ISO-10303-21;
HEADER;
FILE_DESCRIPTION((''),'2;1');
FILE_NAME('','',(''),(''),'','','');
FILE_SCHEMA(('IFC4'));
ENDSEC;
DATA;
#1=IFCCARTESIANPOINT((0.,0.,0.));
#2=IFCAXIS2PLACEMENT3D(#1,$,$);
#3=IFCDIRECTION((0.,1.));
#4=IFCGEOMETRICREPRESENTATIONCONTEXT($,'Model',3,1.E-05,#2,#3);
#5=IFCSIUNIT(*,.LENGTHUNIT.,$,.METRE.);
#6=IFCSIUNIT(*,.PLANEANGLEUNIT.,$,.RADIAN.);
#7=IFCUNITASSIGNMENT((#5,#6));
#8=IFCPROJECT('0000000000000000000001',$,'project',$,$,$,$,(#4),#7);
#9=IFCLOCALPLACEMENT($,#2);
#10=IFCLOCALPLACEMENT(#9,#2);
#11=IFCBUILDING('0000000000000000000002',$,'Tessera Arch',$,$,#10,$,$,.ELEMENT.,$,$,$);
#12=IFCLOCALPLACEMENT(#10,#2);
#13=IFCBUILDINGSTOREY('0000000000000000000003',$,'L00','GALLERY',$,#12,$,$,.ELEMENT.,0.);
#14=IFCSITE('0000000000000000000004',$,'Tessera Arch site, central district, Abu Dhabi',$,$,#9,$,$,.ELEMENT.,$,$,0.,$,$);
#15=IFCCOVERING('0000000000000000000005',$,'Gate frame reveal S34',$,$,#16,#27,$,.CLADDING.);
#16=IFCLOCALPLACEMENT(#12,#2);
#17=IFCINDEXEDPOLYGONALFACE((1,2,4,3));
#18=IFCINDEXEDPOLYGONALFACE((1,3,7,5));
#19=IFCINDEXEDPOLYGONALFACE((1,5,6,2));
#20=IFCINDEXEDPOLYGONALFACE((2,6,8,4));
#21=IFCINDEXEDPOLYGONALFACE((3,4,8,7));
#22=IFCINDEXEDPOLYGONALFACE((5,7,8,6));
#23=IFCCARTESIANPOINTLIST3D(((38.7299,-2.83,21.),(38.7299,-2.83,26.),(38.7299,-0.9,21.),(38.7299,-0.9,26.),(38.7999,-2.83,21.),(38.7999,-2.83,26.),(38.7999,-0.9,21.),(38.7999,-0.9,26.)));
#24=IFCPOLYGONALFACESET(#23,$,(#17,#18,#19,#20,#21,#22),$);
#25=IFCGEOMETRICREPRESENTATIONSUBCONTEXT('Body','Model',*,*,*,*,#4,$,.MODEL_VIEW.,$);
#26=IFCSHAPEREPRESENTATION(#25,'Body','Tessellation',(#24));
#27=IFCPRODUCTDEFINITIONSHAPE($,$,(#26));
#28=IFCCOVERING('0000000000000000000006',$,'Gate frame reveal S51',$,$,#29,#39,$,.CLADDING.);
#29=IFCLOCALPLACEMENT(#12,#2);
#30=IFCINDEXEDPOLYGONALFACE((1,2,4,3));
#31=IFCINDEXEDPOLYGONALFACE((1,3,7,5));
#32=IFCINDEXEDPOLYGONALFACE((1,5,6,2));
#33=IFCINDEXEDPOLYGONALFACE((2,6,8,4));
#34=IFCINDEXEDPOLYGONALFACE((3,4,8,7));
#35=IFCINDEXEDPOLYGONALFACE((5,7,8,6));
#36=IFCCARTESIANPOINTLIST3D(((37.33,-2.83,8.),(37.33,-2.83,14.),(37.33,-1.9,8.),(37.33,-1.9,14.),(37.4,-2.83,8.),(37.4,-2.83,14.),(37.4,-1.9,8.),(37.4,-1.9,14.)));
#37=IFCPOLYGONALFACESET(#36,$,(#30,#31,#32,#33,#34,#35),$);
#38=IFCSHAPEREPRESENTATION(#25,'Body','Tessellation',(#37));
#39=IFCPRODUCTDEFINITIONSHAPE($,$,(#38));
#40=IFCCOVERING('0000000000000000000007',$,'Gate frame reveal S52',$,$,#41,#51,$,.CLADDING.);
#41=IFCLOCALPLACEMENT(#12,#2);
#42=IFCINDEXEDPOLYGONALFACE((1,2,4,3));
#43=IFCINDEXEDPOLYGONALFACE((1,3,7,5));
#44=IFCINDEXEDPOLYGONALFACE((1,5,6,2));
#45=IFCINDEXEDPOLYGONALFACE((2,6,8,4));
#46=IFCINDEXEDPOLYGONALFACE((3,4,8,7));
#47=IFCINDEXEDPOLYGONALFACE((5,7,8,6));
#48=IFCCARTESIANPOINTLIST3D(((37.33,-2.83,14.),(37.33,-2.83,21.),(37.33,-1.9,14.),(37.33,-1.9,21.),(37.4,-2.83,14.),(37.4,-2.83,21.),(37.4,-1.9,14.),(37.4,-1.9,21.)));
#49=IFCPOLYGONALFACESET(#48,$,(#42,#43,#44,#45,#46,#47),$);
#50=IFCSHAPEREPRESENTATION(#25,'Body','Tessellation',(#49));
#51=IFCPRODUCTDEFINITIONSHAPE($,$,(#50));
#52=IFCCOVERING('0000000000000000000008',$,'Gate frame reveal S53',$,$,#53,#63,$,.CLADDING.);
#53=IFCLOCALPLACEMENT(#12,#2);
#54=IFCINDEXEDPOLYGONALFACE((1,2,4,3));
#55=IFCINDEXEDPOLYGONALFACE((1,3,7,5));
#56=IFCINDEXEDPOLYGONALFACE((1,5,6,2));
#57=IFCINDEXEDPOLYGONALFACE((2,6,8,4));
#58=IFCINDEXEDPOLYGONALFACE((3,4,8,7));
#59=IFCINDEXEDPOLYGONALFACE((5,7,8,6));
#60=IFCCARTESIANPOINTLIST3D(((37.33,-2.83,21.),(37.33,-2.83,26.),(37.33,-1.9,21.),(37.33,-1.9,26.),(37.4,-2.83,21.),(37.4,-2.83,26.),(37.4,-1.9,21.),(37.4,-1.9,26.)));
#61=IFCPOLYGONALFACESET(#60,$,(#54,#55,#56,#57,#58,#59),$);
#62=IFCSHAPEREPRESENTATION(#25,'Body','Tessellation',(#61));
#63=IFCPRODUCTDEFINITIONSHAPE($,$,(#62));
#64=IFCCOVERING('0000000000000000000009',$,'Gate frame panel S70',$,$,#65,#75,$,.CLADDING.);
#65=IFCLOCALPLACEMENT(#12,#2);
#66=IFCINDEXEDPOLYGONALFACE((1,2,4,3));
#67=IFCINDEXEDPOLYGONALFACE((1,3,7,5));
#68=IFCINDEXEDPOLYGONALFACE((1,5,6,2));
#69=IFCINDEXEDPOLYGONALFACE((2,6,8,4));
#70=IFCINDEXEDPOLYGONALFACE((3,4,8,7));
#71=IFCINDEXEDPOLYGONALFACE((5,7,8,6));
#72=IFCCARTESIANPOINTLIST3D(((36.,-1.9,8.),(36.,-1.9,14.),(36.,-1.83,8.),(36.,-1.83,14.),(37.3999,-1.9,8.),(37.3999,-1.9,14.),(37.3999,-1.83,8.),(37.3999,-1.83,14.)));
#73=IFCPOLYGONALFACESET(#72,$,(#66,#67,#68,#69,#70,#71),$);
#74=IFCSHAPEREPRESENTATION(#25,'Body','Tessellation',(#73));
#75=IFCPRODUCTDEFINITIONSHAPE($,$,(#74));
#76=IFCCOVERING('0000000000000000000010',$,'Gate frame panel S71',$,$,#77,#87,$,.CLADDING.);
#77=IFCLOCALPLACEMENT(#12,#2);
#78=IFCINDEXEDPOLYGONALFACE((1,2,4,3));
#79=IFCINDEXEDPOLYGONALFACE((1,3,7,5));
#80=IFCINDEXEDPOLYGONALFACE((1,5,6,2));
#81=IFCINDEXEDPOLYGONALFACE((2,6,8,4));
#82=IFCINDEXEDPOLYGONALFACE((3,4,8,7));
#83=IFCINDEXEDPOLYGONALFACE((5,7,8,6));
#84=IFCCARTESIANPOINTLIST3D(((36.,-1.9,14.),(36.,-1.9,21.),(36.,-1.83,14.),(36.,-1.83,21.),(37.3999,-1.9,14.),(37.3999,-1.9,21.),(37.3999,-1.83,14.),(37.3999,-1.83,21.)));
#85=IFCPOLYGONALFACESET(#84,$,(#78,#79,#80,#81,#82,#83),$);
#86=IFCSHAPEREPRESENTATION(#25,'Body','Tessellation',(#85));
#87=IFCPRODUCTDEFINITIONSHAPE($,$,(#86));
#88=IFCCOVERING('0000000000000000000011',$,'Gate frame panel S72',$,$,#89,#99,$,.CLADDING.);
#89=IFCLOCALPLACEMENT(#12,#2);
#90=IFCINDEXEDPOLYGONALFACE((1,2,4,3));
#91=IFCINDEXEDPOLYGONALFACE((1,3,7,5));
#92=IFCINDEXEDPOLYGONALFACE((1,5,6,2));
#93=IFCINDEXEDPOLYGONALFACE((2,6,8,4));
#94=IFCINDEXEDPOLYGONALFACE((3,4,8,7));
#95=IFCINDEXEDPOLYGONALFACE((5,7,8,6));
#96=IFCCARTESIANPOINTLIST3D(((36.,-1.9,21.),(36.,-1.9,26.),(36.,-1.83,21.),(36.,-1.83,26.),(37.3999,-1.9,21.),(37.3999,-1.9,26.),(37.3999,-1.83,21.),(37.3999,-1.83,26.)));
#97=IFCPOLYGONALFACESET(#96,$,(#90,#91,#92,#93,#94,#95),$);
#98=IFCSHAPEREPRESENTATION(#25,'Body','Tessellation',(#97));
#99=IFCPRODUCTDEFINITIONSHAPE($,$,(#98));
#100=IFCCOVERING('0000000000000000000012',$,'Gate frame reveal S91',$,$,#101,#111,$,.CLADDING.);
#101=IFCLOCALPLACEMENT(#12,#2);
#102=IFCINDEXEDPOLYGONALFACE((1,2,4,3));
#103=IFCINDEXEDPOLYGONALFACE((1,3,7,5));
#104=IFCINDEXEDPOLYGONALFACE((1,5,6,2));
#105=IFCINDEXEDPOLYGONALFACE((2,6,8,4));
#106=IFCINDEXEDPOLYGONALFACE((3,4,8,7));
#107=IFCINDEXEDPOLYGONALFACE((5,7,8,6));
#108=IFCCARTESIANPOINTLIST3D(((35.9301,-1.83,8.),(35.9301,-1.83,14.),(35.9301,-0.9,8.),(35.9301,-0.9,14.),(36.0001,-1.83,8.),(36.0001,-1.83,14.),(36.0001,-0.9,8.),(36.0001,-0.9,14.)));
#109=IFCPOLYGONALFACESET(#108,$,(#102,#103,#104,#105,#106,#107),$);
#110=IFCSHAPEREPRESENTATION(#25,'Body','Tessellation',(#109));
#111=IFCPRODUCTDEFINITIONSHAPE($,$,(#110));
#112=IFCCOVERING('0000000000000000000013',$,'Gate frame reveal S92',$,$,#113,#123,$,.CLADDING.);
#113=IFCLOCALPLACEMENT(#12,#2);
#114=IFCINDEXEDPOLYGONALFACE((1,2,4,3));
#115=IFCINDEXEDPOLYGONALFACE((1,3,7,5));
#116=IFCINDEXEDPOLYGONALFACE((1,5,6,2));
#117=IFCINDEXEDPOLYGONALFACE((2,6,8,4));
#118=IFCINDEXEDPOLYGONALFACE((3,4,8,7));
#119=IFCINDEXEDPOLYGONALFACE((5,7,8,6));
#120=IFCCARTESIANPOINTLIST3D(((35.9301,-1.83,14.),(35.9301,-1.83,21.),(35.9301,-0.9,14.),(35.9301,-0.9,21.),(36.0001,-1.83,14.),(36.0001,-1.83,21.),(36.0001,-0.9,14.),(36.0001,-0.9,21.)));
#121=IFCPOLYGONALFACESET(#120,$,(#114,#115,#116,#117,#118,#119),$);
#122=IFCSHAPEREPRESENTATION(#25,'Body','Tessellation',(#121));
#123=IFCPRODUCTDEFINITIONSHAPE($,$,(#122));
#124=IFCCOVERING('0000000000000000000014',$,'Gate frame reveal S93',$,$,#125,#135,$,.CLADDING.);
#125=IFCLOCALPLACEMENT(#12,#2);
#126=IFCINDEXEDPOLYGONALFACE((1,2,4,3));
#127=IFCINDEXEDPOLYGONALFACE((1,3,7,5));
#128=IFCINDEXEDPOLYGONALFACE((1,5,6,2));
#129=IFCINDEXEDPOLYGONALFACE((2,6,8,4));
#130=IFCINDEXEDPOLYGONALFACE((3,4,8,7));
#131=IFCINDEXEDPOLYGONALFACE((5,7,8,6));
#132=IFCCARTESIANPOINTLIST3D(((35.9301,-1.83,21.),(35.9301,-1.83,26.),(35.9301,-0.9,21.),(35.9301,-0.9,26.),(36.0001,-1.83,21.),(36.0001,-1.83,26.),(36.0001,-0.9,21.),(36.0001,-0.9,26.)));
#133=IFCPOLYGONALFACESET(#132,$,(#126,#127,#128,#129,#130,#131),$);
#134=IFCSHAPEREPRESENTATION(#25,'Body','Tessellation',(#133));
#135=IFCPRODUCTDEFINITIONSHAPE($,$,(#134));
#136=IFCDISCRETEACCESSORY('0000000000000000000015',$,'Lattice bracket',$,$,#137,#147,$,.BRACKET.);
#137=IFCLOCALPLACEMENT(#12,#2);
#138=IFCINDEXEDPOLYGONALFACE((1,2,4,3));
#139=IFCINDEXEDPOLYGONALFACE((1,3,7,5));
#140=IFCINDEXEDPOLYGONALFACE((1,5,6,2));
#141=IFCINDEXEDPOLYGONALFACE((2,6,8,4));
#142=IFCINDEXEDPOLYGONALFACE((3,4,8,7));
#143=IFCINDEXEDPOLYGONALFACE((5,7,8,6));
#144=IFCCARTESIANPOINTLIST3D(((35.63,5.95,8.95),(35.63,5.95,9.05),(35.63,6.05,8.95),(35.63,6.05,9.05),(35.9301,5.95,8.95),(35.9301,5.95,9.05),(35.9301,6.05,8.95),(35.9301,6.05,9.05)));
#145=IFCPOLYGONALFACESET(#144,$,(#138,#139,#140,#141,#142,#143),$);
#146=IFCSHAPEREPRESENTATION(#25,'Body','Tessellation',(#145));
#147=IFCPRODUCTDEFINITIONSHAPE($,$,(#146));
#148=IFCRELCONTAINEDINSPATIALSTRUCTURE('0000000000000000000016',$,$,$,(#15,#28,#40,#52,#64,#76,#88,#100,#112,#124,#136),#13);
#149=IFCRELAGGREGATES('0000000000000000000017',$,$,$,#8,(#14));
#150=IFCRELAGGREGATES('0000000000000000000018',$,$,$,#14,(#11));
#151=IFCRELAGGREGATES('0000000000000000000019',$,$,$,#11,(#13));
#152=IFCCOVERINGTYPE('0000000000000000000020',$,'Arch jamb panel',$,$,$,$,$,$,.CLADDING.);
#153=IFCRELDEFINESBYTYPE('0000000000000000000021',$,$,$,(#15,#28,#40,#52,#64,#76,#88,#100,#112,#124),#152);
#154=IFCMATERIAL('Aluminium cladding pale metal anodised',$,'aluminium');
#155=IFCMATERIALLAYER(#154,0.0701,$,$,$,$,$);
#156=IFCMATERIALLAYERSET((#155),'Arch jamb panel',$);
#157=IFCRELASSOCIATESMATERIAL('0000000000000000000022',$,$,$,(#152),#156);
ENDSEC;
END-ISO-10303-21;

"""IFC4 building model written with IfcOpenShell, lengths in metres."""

from ifc_helpers import new_model, si_unit, direction, frame, origin, origin_2d, place, context, subcontext, project, spatial, rectangle, extrude, material, layer, layer_set, type_object, element, save


model = new_model("IFC4")

# Units and contexts
model_context = context("Model", 3, precision=1e-05, world=origin(), true_north=direction((0.0, 1.0)))
body_context = subcontext(model_context, "Body", "Model", "MODEL_VIEW")
ifc_project = project(units=[si_unit("LENGTHUNIT", "METRE"), si_unit("PLANEANGLEUNIT", "RADIAN")], contexts=[model_context])

# Site, building, storey
site_placement = place(None, origin())
site = spatial("IfcSite", under=ifc_project, at=site_placement, Name="Tessera Arch site, central district, Abu Dhabi", CompositionType="ELEMENT", RefElevation=0.0)
building_placement = place(site_placement, origin())
building = spatial("IfcBuilding", under=site, at=building_placement, Name="Tessera Arch", CompositionType="ELEMENT")
storey_placement = place(building_placement, origin())
storey = spatial("IfcBuildingStorey", under=building, at=storey_placement, Name="L00", Description="GALLERY", CompositionType="ELEMENT", Elevation=0.0)

# Coverings
ifc_material_1 = material(Name="Aluminium cladding pale metal anodised", Category="aluminium")
ifc_layer_1 = layer(ifc_material_1, 0.0701)
ifc_layer_set_1 = layer_set([ifc_layer_1], Name="Arch jamb panel")
covering_type = type_object("IfcCoveringType", Name="Arch jamb panel", PredefinedType="CLADDING", material=ifc_layer_set_1)
covering_1_placement = place(storey_placement, frame((38.7649, -1.865, 21.0), z_axis=(0.0, 0.0, 1.0), x_axis=(1.0, 0.0, 0.0)))
element("IfcCovering", 1, at=covering_1_placement, inside=storey, type_object=covering_type, Name="Gate frame reveal S34", PredefinedType="CLADDING", context=body_context, shape_type="SweptSolid", body=[
    extrude(rectangle(XDim=0.0701, YDim=1.9299, at=origin_2d()), origin(), (0.0, 0.0, 1.0), 5.0),
])
covering_2_placement = place(storey_placement, frame((37.365, -2.365, 8.0), z_axis=(0.0, 0.0, 1.0), x_axis=(1.0, 0.0, 0.0)))
element("IfcCovering", 2, at=covering_2_placement, inside=storey, type_object=covering_type, Name="Gate frame reveal S51", PredefinedType="CLADDING", context=body_context, shape_type="SweptSolid", body=[
    extrude(rectangle(XDim=0.0701, YDim=0.9299, at=origin_2d()), origin(), (0.0, 0.0, 1.0), 6.0),
])
covering_3_placement = place(storey_placement, frame((37.365, -2.365, 14.0), z_axis=(0.0, 0.0, 1.0), x_axis=(1.0, 0.0, 0.0)))
element("IfcCovering", 3, at=covering_3_placement, inside=storey, type_object=covering_type, Name="Gate frame reveal S52", PredefinedType="CLADDING", context=body_context, shape_type="SweptSolid", body=[
    extrude(rectangle(XDim=0.0701, YDim=0.9299, at=origin_2d()), origin(), (0.0, 0.0, 1.0), 7.0),
])
covering_4_placement = place(storey_placement, frame((37.365, -2.365, 21.0), z_axis=(0.0, 0.0, 1.0), x_axis=(1.0, 0.0, 0.0)))
element("IfcCovering", 4, at=covering_4_placement, inside=storey, type_object=covering_type, Name="Gate frame reveal S53", PredefinedType="CLADDING", context=body_context, shape_type="SweptSolid", body=[
    extrude(rectangle(XDim=0.0701, YDim=0.9299, at=origin_2d()), origin(), (0.0, 0.0, 1.0), 5.0),
])
covering_5_placement = place(storey_placement, frame((36.7, -1.865, 8.0), z_axis=(0.0, 0.0, 1.0), x_axis=(1.0, 0.0, 0.0)))
element("IfcCovering", 5, at=covering_5_placement, inside=storey, type_object=covering_type, Name="Gate frame panel S70", PredefinedType="CLADDING", context=body_context, shape_type="SweptSolid", body=[
    extrude(rectangle(XDim=1.3999, YDim=0.0701, at=origin_2d()), origin(), (0.0, 0.0, 1.0), 6.0),
])
covering_6_placement = place(storey_placement, frame((36.7, -1.865, 14.0), z_axis=(0.0, 0.0, 1.0), x_axis=(1.0, 0.0, 0.0)))
element("IfcCovering", 6, at=covering_6_placement, inside=storey, type_object=covering_type, Name="Gate frame panel S71", PredefinedType="CLADDING", context=body_context, shape_type="SweptSolid", body=[
    extrude(rectangle(XDim=1.3999, YDim=0.0701, at=origin_2d()), origin(), (0.0, 0.0, 1.0), 7.0),
])
covering_7_placement = place(storey_placement, frame((36.7, -1.865, 21.0), z_axis=(0.0, 0.0, 1.0), x_axis=(1.0, 0.0, 0.0)))
element("IfcCovering", 7, at=covering_7_placement, inside=storey, type_object=covering_type, Name="Gate frame panel S72", PredefinedType="CLADDING", context=body_context, shape_type="SweptSolid", body=[
    extrude(rectangle(XDim=1.3999, YDim=0.0701, at=origin_2d()), origin(), (0.0, 0.0, 1.0), 5.0),
])
covering_8_placement = place(storey_placement, frame((35.9651, -1.365, 8.0), z_axis=(0.0, 0.0, 1.0), x_axis=(1.0, 0.0, 0.0)))
element("IfcCovering", 8, at=covering_8_placement, inside=storey, type_object=covering_type, Name="Gate frame reveal S91", PredefinedType="CLADDING", context=body_context, shape_type="SweptSolid", body=[
    extrude(rectangle(XDim=0.0701, YDim=0.9299, at=origin_2d()), origin(), (0.0, 0.0, 1.0), 6.0),
])
covering_9_placement = place(storey_placement, frame((35.9651, -1.365, 14.0), z_axis=(0.0, 0.0, 1.0), x_axis=(1.0, 0.0, 0.0)))
element("IfcCovering", 9, at=covering_9_placement, inside=storey, type_object=covering_type, Name="Gate frame reveal S92", PredefinedType="CLADDING", context=body_context, shape_type="SweptSolid", body=[
    extrude(rectangle(XDim=0.0701, YDim=0.9299, at=origin_2d()), origin(), (0.0, 0.0, 1.0), 7.0),
])
covering_10_placement = place(storey_placement, frame((35.9651, -1.365, 21.0), z_axis=(0.0, 0.0, 1.0), x_axis=(1.0, 0.0, 0.0)))
element("IfcCovering", 10, at=covering_10_placement, inside=storey, type_object=covering_type, Name="Gate frame reveal S93", PredefinedType="CLADDING", context=body_context, shape_type="SweptSolid", body=[
    extrude(rectangle(XDim=0.0701, YDim=0.9299, at=origin_2d()), origin(), (0.0, 0.0, 1.0), 5.0),
])

# Discrete accessory
discrete_accessory_placement = place(storey_placement, frame((35.78, 6.0, 8.95), z_axis=(0.0, 0.0, 1.0), x_axis=(-1.0, 0.0, 0.0)))
element("IfcDiscreteAccessory", 11, at=discrete_accessory_placement, inside=storey, Name="Lattice bracket", PredefinedType="BRACKET", context=body_context, shape_type="SweptSolid", body=[
    extrude(rectangle(XDim=0.3, YDim=0.1001, at=origin_2d()), origin(), (0.0, 0.0, 1.0), 0.1001),
])

save(model, "model.ifc")
